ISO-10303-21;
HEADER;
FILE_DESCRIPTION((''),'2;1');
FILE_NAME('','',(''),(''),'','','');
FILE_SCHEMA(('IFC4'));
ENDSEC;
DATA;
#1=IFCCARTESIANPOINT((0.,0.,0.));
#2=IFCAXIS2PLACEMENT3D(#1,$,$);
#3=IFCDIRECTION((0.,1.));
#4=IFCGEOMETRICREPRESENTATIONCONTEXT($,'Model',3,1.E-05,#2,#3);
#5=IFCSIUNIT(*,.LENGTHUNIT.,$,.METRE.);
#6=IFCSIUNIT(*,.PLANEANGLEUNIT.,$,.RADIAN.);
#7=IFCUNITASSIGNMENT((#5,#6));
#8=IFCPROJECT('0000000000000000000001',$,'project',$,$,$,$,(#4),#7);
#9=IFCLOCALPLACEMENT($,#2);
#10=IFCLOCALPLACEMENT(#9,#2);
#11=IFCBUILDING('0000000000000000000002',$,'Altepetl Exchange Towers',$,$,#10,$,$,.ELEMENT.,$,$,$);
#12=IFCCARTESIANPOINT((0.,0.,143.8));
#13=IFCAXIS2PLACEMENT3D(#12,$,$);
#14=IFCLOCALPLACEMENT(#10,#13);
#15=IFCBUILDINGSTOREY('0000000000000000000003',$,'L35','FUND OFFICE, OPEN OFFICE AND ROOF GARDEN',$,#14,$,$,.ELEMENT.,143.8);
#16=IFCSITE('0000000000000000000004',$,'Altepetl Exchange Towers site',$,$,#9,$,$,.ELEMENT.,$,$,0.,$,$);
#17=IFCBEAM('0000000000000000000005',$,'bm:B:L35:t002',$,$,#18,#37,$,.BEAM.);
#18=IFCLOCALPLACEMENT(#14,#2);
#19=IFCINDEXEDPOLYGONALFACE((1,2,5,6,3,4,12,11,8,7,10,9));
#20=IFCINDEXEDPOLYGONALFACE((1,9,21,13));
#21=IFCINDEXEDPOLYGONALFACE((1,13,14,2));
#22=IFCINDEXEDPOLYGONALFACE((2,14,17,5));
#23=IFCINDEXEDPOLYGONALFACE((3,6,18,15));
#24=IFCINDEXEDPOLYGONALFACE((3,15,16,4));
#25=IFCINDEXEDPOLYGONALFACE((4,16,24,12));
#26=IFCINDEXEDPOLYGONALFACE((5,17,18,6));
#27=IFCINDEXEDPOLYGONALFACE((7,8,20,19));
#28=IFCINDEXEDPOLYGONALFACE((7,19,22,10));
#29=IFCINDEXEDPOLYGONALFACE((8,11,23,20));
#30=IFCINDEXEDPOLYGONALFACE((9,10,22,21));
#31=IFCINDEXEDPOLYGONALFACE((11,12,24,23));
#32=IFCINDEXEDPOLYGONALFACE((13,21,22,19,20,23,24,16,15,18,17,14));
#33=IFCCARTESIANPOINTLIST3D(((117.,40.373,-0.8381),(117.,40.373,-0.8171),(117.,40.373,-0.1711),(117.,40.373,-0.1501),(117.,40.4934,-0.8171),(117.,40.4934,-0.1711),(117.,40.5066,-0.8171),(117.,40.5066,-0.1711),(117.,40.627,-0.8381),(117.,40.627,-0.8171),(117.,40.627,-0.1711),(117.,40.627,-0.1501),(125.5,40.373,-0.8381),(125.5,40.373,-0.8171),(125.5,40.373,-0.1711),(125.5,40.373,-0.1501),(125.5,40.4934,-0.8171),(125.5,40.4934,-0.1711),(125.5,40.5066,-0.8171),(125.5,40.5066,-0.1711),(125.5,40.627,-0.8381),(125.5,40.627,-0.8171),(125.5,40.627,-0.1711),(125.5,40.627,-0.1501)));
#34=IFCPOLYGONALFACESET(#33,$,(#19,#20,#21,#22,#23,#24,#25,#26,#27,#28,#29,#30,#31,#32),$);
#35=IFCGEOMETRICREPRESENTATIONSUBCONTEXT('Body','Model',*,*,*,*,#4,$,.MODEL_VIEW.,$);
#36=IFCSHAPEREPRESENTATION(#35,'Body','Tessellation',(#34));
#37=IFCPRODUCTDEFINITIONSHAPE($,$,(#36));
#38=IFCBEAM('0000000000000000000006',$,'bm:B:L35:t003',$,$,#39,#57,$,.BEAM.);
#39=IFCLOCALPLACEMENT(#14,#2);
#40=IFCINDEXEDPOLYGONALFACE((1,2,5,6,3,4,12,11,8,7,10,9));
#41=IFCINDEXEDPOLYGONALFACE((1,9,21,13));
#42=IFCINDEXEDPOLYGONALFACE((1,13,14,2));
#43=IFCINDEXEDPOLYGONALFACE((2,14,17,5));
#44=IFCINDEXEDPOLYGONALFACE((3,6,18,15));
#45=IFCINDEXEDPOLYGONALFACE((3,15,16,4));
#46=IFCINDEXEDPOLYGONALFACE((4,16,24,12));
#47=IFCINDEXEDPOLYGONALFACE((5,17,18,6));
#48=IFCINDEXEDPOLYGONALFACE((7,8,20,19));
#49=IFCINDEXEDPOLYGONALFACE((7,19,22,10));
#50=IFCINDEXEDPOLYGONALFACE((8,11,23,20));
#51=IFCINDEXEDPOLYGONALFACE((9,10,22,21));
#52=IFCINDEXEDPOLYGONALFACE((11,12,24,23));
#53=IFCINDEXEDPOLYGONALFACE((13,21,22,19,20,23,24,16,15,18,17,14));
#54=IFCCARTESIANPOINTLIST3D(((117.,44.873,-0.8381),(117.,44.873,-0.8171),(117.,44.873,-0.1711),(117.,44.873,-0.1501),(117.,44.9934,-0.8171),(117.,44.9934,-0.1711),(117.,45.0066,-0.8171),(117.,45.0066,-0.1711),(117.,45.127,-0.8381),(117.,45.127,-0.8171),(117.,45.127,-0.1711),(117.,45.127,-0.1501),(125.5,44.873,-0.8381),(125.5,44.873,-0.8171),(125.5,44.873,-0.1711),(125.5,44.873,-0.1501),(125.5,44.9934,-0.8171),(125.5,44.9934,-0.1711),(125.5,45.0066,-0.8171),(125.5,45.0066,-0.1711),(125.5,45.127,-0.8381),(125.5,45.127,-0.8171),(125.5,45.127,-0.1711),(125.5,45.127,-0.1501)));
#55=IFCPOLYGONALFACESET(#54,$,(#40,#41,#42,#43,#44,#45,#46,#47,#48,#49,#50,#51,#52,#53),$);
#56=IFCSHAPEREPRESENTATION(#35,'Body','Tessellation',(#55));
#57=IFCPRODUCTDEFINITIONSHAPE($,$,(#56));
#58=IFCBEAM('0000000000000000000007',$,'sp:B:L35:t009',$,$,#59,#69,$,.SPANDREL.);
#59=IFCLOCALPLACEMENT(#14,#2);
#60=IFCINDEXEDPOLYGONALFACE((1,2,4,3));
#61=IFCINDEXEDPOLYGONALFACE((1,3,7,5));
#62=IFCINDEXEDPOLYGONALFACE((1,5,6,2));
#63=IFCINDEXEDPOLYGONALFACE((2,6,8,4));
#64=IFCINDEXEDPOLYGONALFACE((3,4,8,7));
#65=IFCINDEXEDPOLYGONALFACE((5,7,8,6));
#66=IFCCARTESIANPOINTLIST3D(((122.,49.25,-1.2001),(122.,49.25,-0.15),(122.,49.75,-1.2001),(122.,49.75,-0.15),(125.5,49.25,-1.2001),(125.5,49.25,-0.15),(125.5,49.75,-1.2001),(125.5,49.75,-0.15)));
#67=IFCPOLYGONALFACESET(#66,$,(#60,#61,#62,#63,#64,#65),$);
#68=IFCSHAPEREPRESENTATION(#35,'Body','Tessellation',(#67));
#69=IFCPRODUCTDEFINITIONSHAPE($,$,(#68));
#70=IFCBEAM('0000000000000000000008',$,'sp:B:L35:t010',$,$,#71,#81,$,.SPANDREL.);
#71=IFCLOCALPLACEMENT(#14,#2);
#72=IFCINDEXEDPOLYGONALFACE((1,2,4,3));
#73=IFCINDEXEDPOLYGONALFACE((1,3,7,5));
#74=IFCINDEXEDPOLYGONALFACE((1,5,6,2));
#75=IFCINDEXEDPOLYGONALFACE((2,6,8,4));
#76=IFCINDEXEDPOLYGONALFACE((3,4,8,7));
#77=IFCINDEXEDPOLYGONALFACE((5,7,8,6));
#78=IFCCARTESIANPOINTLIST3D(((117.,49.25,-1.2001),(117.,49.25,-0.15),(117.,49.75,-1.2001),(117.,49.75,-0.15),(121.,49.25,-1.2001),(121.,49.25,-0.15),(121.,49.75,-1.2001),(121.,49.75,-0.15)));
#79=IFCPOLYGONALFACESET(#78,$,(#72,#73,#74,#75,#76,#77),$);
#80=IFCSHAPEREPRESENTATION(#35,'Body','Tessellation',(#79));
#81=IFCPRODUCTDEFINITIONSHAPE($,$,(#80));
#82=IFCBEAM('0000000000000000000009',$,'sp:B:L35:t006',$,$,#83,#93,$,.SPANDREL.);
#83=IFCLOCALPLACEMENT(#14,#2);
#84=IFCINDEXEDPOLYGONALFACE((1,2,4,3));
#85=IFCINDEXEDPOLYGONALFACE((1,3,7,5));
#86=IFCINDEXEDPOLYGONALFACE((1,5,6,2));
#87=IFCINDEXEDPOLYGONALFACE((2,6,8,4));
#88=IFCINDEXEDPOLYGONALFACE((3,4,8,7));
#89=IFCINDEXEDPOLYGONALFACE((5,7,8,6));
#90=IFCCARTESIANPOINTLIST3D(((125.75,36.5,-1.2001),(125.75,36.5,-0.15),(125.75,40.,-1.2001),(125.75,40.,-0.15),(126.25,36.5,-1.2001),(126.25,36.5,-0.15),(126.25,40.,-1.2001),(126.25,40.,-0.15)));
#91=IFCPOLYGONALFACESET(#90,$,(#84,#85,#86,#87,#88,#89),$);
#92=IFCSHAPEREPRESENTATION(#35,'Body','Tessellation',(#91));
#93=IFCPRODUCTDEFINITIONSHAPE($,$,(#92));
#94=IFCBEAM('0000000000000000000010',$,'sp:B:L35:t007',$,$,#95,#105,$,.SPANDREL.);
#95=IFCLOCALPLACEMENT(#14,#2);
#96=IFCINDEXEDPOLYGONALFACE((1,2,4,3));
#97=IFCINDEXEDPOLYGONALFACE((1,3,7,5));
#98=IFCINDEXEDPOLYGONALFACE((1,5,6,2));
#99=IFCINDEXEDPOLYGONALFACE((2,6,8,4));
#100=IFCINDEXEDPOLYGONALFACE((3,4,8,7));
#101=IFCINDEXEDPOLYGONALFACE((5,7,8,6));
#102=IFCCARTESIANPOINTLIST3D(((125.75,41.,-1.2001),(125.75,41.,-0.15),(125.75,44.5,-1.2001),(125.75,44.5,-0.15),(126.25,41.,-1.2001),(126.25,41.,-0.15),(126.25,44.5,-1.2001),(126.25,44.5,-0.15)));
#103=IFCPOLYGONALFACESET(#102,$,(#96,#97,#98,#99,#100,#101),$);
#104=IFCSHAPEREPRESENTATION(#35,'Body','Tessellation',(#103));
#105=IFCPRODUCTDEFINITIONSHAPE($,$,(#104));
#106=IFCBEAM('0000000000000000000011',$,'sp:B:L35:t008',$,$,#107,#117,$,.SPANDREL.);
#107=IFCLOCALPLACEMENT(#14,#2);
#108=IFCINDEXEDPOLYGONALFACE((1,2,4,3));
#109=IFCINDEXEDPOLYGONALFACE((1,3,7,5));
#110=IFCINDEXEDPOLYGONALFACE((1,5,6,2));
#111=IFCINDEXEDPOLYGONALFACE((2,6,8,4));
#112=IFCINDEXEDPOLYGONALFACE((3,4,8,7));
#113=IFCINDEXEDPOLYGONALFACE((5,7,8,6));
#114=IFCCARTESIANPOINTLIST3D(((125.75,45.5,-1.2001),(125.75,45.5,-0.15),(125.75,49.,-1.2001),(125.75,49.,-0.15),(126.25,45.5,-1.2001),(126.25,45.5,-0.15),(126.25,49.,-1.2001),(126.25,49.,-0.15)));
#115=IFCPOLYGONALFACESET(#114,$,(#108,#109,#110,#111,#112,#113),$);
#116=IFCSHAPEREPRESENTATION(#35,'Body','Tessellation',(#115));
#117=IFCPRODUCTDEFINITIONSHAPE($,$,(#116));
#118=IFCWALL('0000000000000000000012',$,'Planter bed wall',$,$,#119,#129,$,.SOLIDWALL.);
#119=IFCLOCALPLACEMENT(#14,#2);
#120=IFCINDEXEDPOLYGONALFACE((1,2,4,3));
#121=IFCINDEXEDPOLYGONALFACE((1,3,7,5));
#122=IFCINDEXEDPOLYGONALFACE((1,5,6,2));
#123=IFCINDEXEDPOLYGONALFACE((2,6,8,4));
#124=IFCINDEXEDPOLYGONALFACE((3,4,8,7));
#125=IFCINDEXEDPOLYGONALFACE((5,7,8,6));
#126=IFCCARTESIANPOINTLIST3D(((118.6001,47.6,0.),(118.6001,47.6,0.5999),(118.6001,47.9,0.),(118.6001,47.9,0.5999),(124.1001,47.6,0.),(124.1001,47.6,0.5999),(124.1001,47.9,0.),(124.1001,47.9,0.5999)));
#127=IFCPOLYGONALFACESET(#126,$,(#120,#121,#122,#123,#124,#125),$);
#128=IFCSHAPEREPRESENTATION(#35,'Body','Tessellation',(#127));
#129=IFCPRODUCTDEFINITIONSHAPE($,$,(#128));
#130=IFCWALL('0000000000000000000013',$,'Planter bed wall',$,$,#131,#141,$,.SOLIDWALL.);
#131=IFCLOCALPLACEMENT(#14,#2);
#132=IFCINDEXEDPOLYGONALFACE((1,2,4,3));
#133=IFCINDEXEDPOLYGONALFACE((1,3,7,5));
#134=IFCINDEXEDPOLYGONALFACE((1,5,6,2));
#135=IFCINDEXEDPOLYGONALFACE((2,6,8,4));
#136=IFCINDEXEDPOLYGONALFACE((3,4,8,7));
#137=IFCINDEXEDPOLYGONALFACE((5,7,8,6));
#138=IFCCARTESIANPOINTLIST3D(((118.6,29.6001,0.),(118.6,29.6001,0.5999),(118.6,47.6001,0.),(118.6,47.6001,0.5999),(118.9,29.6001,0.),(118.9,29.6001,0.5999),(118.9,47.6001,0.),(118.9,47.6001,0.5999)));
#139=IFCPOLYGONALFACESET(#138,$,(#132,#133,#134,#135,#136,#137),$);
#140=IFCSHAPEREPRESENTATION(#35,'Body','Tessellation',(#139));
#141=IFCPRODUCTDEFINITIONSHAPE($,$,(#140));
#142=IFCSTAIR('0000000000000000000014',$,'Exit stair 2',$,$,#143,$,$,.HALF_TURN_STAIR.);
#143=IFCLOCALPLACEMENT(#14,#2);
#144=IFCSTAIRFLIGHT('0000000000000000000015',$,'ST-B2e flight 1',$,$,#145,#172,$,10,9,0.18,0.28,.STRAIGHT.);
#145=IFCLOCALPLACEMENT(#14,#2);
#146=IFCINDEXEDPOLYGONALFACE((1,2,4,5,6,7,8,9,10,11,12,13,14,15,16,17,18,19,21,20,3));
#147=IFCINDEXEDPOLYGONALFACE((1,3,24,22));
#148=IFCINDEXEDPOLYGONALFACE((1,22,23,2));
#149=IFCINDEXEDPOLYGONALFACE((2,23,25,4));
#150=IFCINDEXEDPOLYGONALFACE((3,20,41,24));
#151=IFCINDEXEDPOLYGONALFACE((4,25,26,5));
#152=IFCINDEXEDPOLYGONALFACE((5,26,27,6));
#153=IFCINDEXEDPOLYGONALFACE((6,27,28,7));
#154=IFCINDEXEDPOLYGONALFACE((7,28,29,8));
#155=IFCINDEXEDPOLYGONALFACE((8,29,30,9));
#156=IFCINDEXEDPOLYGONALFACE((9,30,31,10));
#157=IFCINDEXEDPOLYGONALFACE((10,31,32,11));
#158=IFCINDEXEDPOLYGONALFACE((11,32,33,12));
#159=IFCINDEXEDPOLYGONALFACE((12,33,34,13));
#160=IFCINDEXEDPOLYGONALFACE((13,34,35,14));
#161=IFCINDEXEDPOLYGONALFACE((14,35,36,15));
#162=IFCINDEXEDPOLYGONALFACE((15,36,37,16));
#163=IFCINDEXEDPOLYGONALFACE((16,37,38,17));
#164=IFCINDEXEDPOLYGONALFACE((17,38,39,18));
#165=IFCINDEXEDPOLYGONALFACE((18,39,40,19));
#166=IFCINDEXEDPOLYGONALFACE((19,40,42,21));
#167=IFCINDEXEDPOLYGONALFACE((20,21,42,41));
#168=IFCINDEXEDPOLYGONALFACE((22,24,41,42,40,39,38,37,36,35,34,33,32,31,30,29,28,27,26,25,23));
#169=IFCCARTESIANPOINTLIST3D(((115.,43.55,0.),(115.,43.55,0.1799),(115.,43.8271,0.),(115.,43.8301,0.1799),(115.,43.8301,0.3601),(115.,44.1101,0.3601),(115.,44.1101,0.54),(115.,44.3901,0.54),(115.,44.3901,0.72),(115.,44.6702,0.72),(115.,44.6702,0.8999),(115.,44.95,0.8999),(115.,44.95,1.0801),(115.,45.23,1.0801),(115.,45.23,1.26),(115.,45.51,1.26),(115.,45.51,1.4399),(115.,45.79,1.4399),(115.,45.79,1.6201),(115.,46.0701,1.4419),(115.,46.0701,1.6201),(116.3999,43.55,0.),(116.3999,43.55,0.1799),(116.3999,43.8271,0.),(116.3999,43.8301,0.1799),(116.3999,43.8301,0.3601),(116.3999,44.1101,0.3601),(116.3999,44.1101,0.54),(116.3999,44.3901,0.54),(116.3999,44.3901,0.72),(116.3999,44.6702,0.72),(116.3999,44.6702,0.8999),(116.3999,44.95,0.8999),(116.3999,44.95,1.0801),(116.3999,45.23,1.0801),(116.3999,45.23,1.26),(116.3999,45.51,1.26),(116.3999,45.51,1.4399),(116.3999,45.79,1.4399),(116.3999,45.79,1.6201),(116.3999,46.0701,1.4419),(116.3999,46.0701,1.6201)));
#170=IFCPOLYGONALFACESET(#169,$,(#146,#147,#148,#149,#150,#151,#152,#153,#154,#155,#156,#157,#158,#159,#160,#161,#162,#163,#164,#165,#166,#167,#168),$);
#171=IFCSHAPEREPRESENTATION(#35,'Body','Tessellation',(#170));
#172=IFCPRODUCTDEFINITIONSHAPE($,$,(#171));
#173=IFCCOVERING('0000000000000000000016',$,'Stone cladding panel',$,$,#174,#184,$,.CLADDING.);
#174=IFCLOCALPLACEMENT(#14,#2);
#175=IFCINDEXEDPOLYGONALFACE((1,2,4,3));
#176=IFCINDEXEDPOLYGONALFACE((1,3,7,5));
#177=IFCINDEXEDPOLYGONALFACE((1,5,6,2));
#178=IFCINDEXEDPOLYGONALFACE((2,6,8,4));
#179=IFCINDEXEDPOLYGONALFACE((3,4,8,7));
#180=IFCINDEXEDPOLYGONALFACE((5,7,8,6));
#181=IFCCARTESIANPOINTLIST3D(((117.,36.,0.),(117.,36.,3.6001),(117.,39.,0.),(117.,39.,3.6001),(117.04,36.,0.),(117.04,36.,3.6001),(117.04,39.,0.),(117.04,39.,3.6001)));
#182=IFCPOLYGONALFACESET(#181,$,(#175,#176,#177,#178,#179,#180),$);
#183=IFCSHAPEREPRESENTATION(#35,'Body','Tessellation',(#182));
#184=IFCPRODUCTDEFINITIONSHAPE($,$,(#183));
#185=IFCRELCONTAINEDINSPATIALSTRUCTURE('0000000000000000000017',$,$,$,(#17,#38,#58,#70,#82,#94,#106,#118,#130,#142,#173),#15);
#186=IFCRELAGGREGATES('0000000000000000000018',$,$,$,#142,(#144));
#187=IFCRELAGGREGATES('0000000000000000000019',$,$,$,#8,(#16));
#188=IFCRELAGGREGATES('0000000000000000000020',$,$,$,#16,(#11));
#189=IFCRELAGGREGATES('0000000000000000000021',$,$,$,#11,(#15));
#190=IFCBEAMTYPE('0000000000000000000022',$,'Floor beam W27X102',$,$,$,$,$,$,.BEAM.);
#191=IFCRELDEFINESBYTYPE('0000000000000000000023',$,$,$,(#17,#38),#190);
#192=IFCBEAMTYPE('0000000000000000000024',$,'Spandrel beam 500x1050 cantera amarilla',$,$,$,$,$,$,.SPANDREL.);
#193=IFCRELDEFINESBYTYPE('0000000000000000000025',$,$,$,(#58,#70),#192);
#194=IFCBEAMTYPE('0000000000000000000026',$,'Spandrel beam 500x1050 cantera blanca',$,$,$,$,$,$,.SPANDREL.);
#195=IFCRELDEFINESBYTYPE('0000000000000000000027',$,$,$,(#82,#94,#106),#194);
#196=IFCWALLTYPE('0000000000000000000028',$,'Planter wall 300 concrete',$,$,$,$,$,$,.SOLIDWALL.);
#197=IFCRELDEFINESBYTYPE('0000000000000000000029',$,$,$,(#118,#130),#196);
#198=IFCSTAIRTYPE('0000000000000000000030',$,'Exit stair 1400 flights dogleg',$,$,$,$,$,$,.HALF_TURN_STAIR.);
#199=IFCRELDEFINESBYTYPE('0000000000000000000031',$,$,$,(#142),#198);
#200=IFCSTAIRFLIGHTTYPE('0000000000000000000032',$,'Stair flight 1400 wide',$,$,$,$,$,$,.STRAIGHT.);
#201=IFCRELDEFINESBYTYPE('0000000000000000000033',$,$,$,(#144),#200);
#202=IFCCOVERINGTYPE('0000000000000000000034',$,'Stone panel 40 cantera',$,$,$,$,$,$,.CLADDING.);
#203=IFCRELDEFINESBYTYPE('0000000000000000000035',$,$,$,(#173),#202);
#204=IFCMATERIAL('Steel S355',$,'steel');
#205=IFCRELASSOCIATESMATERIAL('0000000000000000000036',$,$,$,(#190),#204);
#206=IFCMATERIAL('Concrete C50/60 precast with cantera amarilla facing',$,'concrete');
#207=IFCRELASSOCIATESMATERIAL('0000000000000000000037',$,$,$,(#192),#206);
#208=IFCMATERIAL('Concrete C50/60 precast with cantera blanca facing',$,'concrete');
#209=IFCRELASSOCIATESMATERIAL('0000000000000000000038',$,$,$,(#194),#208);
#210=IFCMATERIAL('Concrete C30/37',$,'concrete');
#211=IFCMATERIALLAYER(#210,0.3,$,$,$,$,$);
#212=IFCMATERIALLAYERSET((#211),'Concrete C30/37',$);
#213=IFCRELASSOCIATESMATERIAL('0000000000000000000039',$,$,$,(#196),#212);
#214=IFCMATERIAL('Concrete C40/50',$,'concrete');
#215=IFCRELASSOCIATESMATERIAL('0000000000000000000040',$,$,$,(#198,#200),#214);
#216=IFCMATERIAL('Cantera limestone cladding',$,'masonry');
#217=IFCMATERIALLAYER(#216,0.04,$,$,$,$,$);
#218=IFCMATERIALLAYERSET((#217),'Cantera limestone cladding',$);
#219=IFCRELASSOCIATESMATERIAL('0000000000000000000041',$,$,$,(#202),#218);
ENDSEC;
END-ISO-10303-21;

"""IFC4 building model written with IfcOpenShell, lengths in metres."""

from ifc_helpers import new_model, si_unit, direction, frame, frame_2d, origin, origin_2d, place, context, subcontext, project, spatial, polyline, rectangle, i_section, outline, extrude, material, layer, layer_set, material_profile, profile_set, type_object, element, aggregate, save


model = new_model("IFC4")

# Units and contexts
model_context = context("Model", 3, precision=1e-05, world=origin(), true_north=direction((0.0, 1.0)))
body_context = subcontext(model_context, "Body", "Model", "MODEL_VIEW")
ifc_project = project(units=[si_unit("LENGTHUNIT", "METRE"), si_unit("PLANEANGLEUNIT", "RADIAN")], contexts=[model_context])

# Site, building, storey
site_placement = place(None, origin())
site = spatial("IfcSite", under=ifc_project, at=site_placement, Name="Altepetl Exchange Towers site", CompositionType="ELEMENT", RefElevation=0.0)
building_placement = place(site_placement, origin())
building = spatial("IfcBuilding", under=site, at=building_placement, Name="Altepetl Exchange Towers", CompositionType="ELEMENT")
storey_placement = place(building_placement, frame((0.0, 0.0, 143.8)))
storey = spatial("IfcBuildingStorey", under=building, at=storey_placement, Name="L35", Description="FUND OFFICE, OPEN OFFICE AND ROOF GARDEN", CompositionType="ELEMENT", Elevation=143.8)

# Beams
ifc_material_1 = material(Name="Steel S355", Category="steel")
ifc_material_profile_1 = material_profile(ifc_material_1, i_section(OverallWidth=0.2539, OverallDepth=0.688, WebThickness=0.0132, FlangeThickness=0.021, at=origin_2d()), Name="W27X102")
ifc_profile_set_1 = profile_set([ifc_material_profile_1], Name="Steel S355")
beam_type_1 = type_object("IfcBeamType", Name="Floor beam W27X102", PredefinedType="BEAM", material=ifc_profile_set_1)
for number, where, z_axis, x_axis, name in (
    (1, (117.0, 40.5, -0.4941), (1.0, 0.0, 0.0), (0.0, 1.0, 0.0), "bm:B:L35:t002"),
    (2, (117.0, 45.0, -0.4941), (1.0, 0.0, 0.0), (0.0, 1.0, 0.0), "bm:B:L35:t003"),
):
    element("IfcBeam", number, at=place(storey_placement, frame(where, z_axis=z_axis, x_axis=x_axis)), inside=storey, type_object=beam_type_1, Name=name, PredefinedType="BEAM", context=body_context, shape_type="SweptSolid", body=[
        extrude(i_section(OverallWidth=0.2539, OverallDepth=0.688, WebThickness=0.0132, FlangeThickness=0.021, at=origin_2d()), origin(), (0.0, 0.0, 1.0), 8.5),
    ])
ifc_material_2 = material(Name="Concrete C50/60 precast with cantera amarilla facing", Category="concrete")
ifc_material_profile_2 = material_profile(ifc_material_2, rectangle(XDim=0.5, YDim=1.05, at=origin_2d()), Name="500 x 1050")
ifc_profile_set_2 = profile_set([ifc_material_profile_2], Name="Concrete C50/60 precast with cantera amarilla facing")
beam_type_2 = type_object("IfcBeamType", Name="Spandrel beam 500x1050 cantera amarilla", PredefinedType="SPANDREL", material=ifc_profile_set_2)
beam_1_placement = place(storey_placement, frame((125.5, 49.5, -0.675), z_axis=(-1.0, 0.0, 0.0), x_axis=(0.0, -1.0, 0.0)))
element("IfcBeam", 3, at=beam_1_placement, inside=storey, type_object=beam_type_2, Name="sp:B:L35:t009", PredefinedType="SPANDREL", context=body_context, shape_type="SweptSolid", body=[
    extrude(rectangle(XDim=0.5, YDim=1.05, at=origin_2d()), origin(), (0.0, 0.0, 1.0), 3.5),
])
beam_2_placement = place(storey_placement, frame((121.0, 49.5, -0.675), z_axis=(-1.0, 0.0, 0.0), x_axis=(0.0, -1.0, 0.0)))
element("IfcBeam", 4, at=beam_2_placement, inside=storey, type_object=beam_type_2, Name="sp:B:L35:t010", PredefinedType="SPANDREL", context=body_context, shape_type="SweptSolid", body=[
    extrude(rectangle(XDim=0.5, YDim=1.05, at=origin_2d()), origin(), (0.0, 0.0, 1.0), 4.0),
])
ifc_material_3 = material(Name="Concrete C50/60 precast with cantera blanca facing", Category="concrete")
ifc_material_profile_3 = material_profile(ifc_material_3, rectangle(XDim=0.5, YDim=1.05, at=origin_2d()), Name="500 x 1050")
ifc_profile_set_3 = profile_set([ifc_material_profile_3], Name="Concrete C50/60 precast with cantera blanca facing")
beam_type_3 = type_object("IfcBeamType", Name="Spandrel beam 500x1050 cantera blanca", PredefinedType="SPANDREL", material=ifc_profile_set_3)
for number, where, z_axis, x_axis, name in (
    (5, (126.0, 36.5, -0.675), (0.0, 1.0, 0.0), (-1.0, 0.0, 0.0), "sp:B:L35:t006"),
    (6, (126.0, 41.0, -0.675), (0.0, 1.0, 0.0), (-1.0, 0.0, 0.0), "sp:B:L35:t007"),
    (7, (126.0, 45.5, -0.675), (0.0, 1.0, 0.0), (-1.0, 0.0, 0.0), "sp:B:L35:t008"),
):
    element("IfcBeam", number, at=place(storey_placement, frame(where, z_axis=z_axis, x_axis=x_axis)), inside=storey, type_object=beam_type_3, Name=name, PredefinedType="SPANDREL", context=body_context, shape_type="SweptSolid", body=[
        extrude(rectangle(XDim=0.5, YDim=1.05, at=origin_2d()), origin(), (0.0, 0.0, 1.0), 3.5),
    ])

# Walls
ifc_material_4 = material(Name="Concrete C30/37", Category="concrete")
ifc_layer_1 = layer(ifc_material_4, 0.3)
ifc_layer_set_1 = layer_set([ifc_layer_1], Name="Concrete C30/37")
wall_type = type_object("IfcWallType", Name="Planter wall 300 concrete", PredefinedType="SOLIDWALL", material=ifc_layer_set_1)
wall_1_placement = place(storey_placement, frame((124.1001, 47.75, 0.0), z_axis=(0.0, 0.0, 1.0), x_axis=(-1.0, 0.0, 0.0)))
element("IfcWall", 8, at=wall_1_placement, inside=storey, type_object=wall_type, Name="Planter bed wall", PredefinedType="SOLIDWALL", context=body_context, shape_type="SweptSolid", body=[
    extrude(rectangle(XDim=5.5, YDim=0.3, at=frame_2d((2.75, 0.0))), origin(), (0.0, 0.0, 1.0), 0.5999),
])
wall_2_placement = place(storey_placement, frame((118.75, 47.6001, 0.0), z_axis=(0.0, 0.0, 1.0), x_axis=(0.0, -1.0, 0.0)))
element("IfcWall", 9, at=wall_2_placement, inside=storey, type_object=wall_type, Name="Planter bed wall", PredefinedType="SOLIDWALL", context=body_context, shape_type="SweptSolid", body=[
    extrude(rectangle(XDim=18.0, YDim=0.3, at=frame_2d((9.0, 0.0))), origin(), (0.0, 0.0, 1.0), 0.5999),
])

# Stair, stair flight
ifc_material_5 = material(Name="Concrete C40/50", Category="concrete")
stair_type = type_object("IfcStairType", Name="Exit stair 1400 flights dogleg", PredefinedType="HALF_TURN_STAIR", material=ifc_material_5)
stair_placement = place(storey_placement, origin())
stair = element("IfcStair", 10, at=stair_placement, inside=storey, type_object=stair_type, Name="Exit stair 2", PredefinedType="HALF_TURN_STAIR")
stair_flight_type = type_object("IfcStairFlightType", Name="Stair flight 1400 wide", PredefinedType="STRAIGHT", material=ifc_material_5)
stair_flight_placement = place(storey_placement, frame((115.7, 43.55, 0.0), z_axis=(0.0, 0.0, 1.0), x_axis=(0.0, 1.0, 0.0)))
stair_flight = element("IfcStairFlight", 11, at=stair_flight_placement, type_object=stair_flight_type, Name="ST-B2e flight 1", NumberOfRisers=10, NumberOfTreads=9, PredefinedType="STRAIGHT", RiserHeight=0.18, TreadLength=0.28, context=body_context, shape_type="SweptSolid", body=[
    extrude(outline(polyline([(0.0, 0.0), (0.0, 0.1799), (0.28, 0.1799), (0.28, 0.3601), (0.5601, 0.3601), (0.5601, 0.54), (0.8401, 0.54), (0.8401, 0.72), (1.1201, 0.72), (1.1201, 0.8999), (1.3999, 0.8999), (1.3999, 1.0801), (1.6799, 1.0801), (1.6799, 1.26), (1.96, 1.26), (1.96, 1.4399), (2.24, 1.4399), (2.24, 1.6201), (2.52, 1.6201), (2.52, 1.8), (2.52, 1.4419), (0.2771, 0.0), (0.0, 0.0)])), frame((0.0, 0.7, 0.0), z_axis=(0.0, -1.0, 0.0), x_axis=(1.0, 0.0, 0.0)), (0.0, 0.0, 1.0), 1.3999),
])
aggregate(stair, [stair_flight])

# Covering
ifc_material_6 = material(Name="Cantera limestone cladding", Category="masonry")
ifc_layer_2 = layer(ifc_material_6, 0.04)
ifc_layer_set_2 = layer_set([ifc_layer_2], Name="Cantera limestone cladding")
covering_type = type_object("IfcCoveringType", Name="Stone panel 40 cantera", PredefinedType="CLADDING", material=ifc_layer_set_2)
covering_1_placement = place(storey_placement, frame((117.02, 37.5, 0.0), z_axis=(0.0, 0.0, 1.0), x_axis=(0.0, 1.0, 0.0)))
element("IfcCovering", 12, at=covering_1_placement, inside=storey, type_object=covering_type, Name="Stone cladding panel", PredefinedType="CLADDING", context=body_context, shape_type="SweptSolid", body=[
    extrude(rectangle(XDim=3.0, YDim=0.04, at=origin_2d()), origin(), (0.0, 0.0, 1.0), 3.6001),
])

save(model, "model.ifc")
